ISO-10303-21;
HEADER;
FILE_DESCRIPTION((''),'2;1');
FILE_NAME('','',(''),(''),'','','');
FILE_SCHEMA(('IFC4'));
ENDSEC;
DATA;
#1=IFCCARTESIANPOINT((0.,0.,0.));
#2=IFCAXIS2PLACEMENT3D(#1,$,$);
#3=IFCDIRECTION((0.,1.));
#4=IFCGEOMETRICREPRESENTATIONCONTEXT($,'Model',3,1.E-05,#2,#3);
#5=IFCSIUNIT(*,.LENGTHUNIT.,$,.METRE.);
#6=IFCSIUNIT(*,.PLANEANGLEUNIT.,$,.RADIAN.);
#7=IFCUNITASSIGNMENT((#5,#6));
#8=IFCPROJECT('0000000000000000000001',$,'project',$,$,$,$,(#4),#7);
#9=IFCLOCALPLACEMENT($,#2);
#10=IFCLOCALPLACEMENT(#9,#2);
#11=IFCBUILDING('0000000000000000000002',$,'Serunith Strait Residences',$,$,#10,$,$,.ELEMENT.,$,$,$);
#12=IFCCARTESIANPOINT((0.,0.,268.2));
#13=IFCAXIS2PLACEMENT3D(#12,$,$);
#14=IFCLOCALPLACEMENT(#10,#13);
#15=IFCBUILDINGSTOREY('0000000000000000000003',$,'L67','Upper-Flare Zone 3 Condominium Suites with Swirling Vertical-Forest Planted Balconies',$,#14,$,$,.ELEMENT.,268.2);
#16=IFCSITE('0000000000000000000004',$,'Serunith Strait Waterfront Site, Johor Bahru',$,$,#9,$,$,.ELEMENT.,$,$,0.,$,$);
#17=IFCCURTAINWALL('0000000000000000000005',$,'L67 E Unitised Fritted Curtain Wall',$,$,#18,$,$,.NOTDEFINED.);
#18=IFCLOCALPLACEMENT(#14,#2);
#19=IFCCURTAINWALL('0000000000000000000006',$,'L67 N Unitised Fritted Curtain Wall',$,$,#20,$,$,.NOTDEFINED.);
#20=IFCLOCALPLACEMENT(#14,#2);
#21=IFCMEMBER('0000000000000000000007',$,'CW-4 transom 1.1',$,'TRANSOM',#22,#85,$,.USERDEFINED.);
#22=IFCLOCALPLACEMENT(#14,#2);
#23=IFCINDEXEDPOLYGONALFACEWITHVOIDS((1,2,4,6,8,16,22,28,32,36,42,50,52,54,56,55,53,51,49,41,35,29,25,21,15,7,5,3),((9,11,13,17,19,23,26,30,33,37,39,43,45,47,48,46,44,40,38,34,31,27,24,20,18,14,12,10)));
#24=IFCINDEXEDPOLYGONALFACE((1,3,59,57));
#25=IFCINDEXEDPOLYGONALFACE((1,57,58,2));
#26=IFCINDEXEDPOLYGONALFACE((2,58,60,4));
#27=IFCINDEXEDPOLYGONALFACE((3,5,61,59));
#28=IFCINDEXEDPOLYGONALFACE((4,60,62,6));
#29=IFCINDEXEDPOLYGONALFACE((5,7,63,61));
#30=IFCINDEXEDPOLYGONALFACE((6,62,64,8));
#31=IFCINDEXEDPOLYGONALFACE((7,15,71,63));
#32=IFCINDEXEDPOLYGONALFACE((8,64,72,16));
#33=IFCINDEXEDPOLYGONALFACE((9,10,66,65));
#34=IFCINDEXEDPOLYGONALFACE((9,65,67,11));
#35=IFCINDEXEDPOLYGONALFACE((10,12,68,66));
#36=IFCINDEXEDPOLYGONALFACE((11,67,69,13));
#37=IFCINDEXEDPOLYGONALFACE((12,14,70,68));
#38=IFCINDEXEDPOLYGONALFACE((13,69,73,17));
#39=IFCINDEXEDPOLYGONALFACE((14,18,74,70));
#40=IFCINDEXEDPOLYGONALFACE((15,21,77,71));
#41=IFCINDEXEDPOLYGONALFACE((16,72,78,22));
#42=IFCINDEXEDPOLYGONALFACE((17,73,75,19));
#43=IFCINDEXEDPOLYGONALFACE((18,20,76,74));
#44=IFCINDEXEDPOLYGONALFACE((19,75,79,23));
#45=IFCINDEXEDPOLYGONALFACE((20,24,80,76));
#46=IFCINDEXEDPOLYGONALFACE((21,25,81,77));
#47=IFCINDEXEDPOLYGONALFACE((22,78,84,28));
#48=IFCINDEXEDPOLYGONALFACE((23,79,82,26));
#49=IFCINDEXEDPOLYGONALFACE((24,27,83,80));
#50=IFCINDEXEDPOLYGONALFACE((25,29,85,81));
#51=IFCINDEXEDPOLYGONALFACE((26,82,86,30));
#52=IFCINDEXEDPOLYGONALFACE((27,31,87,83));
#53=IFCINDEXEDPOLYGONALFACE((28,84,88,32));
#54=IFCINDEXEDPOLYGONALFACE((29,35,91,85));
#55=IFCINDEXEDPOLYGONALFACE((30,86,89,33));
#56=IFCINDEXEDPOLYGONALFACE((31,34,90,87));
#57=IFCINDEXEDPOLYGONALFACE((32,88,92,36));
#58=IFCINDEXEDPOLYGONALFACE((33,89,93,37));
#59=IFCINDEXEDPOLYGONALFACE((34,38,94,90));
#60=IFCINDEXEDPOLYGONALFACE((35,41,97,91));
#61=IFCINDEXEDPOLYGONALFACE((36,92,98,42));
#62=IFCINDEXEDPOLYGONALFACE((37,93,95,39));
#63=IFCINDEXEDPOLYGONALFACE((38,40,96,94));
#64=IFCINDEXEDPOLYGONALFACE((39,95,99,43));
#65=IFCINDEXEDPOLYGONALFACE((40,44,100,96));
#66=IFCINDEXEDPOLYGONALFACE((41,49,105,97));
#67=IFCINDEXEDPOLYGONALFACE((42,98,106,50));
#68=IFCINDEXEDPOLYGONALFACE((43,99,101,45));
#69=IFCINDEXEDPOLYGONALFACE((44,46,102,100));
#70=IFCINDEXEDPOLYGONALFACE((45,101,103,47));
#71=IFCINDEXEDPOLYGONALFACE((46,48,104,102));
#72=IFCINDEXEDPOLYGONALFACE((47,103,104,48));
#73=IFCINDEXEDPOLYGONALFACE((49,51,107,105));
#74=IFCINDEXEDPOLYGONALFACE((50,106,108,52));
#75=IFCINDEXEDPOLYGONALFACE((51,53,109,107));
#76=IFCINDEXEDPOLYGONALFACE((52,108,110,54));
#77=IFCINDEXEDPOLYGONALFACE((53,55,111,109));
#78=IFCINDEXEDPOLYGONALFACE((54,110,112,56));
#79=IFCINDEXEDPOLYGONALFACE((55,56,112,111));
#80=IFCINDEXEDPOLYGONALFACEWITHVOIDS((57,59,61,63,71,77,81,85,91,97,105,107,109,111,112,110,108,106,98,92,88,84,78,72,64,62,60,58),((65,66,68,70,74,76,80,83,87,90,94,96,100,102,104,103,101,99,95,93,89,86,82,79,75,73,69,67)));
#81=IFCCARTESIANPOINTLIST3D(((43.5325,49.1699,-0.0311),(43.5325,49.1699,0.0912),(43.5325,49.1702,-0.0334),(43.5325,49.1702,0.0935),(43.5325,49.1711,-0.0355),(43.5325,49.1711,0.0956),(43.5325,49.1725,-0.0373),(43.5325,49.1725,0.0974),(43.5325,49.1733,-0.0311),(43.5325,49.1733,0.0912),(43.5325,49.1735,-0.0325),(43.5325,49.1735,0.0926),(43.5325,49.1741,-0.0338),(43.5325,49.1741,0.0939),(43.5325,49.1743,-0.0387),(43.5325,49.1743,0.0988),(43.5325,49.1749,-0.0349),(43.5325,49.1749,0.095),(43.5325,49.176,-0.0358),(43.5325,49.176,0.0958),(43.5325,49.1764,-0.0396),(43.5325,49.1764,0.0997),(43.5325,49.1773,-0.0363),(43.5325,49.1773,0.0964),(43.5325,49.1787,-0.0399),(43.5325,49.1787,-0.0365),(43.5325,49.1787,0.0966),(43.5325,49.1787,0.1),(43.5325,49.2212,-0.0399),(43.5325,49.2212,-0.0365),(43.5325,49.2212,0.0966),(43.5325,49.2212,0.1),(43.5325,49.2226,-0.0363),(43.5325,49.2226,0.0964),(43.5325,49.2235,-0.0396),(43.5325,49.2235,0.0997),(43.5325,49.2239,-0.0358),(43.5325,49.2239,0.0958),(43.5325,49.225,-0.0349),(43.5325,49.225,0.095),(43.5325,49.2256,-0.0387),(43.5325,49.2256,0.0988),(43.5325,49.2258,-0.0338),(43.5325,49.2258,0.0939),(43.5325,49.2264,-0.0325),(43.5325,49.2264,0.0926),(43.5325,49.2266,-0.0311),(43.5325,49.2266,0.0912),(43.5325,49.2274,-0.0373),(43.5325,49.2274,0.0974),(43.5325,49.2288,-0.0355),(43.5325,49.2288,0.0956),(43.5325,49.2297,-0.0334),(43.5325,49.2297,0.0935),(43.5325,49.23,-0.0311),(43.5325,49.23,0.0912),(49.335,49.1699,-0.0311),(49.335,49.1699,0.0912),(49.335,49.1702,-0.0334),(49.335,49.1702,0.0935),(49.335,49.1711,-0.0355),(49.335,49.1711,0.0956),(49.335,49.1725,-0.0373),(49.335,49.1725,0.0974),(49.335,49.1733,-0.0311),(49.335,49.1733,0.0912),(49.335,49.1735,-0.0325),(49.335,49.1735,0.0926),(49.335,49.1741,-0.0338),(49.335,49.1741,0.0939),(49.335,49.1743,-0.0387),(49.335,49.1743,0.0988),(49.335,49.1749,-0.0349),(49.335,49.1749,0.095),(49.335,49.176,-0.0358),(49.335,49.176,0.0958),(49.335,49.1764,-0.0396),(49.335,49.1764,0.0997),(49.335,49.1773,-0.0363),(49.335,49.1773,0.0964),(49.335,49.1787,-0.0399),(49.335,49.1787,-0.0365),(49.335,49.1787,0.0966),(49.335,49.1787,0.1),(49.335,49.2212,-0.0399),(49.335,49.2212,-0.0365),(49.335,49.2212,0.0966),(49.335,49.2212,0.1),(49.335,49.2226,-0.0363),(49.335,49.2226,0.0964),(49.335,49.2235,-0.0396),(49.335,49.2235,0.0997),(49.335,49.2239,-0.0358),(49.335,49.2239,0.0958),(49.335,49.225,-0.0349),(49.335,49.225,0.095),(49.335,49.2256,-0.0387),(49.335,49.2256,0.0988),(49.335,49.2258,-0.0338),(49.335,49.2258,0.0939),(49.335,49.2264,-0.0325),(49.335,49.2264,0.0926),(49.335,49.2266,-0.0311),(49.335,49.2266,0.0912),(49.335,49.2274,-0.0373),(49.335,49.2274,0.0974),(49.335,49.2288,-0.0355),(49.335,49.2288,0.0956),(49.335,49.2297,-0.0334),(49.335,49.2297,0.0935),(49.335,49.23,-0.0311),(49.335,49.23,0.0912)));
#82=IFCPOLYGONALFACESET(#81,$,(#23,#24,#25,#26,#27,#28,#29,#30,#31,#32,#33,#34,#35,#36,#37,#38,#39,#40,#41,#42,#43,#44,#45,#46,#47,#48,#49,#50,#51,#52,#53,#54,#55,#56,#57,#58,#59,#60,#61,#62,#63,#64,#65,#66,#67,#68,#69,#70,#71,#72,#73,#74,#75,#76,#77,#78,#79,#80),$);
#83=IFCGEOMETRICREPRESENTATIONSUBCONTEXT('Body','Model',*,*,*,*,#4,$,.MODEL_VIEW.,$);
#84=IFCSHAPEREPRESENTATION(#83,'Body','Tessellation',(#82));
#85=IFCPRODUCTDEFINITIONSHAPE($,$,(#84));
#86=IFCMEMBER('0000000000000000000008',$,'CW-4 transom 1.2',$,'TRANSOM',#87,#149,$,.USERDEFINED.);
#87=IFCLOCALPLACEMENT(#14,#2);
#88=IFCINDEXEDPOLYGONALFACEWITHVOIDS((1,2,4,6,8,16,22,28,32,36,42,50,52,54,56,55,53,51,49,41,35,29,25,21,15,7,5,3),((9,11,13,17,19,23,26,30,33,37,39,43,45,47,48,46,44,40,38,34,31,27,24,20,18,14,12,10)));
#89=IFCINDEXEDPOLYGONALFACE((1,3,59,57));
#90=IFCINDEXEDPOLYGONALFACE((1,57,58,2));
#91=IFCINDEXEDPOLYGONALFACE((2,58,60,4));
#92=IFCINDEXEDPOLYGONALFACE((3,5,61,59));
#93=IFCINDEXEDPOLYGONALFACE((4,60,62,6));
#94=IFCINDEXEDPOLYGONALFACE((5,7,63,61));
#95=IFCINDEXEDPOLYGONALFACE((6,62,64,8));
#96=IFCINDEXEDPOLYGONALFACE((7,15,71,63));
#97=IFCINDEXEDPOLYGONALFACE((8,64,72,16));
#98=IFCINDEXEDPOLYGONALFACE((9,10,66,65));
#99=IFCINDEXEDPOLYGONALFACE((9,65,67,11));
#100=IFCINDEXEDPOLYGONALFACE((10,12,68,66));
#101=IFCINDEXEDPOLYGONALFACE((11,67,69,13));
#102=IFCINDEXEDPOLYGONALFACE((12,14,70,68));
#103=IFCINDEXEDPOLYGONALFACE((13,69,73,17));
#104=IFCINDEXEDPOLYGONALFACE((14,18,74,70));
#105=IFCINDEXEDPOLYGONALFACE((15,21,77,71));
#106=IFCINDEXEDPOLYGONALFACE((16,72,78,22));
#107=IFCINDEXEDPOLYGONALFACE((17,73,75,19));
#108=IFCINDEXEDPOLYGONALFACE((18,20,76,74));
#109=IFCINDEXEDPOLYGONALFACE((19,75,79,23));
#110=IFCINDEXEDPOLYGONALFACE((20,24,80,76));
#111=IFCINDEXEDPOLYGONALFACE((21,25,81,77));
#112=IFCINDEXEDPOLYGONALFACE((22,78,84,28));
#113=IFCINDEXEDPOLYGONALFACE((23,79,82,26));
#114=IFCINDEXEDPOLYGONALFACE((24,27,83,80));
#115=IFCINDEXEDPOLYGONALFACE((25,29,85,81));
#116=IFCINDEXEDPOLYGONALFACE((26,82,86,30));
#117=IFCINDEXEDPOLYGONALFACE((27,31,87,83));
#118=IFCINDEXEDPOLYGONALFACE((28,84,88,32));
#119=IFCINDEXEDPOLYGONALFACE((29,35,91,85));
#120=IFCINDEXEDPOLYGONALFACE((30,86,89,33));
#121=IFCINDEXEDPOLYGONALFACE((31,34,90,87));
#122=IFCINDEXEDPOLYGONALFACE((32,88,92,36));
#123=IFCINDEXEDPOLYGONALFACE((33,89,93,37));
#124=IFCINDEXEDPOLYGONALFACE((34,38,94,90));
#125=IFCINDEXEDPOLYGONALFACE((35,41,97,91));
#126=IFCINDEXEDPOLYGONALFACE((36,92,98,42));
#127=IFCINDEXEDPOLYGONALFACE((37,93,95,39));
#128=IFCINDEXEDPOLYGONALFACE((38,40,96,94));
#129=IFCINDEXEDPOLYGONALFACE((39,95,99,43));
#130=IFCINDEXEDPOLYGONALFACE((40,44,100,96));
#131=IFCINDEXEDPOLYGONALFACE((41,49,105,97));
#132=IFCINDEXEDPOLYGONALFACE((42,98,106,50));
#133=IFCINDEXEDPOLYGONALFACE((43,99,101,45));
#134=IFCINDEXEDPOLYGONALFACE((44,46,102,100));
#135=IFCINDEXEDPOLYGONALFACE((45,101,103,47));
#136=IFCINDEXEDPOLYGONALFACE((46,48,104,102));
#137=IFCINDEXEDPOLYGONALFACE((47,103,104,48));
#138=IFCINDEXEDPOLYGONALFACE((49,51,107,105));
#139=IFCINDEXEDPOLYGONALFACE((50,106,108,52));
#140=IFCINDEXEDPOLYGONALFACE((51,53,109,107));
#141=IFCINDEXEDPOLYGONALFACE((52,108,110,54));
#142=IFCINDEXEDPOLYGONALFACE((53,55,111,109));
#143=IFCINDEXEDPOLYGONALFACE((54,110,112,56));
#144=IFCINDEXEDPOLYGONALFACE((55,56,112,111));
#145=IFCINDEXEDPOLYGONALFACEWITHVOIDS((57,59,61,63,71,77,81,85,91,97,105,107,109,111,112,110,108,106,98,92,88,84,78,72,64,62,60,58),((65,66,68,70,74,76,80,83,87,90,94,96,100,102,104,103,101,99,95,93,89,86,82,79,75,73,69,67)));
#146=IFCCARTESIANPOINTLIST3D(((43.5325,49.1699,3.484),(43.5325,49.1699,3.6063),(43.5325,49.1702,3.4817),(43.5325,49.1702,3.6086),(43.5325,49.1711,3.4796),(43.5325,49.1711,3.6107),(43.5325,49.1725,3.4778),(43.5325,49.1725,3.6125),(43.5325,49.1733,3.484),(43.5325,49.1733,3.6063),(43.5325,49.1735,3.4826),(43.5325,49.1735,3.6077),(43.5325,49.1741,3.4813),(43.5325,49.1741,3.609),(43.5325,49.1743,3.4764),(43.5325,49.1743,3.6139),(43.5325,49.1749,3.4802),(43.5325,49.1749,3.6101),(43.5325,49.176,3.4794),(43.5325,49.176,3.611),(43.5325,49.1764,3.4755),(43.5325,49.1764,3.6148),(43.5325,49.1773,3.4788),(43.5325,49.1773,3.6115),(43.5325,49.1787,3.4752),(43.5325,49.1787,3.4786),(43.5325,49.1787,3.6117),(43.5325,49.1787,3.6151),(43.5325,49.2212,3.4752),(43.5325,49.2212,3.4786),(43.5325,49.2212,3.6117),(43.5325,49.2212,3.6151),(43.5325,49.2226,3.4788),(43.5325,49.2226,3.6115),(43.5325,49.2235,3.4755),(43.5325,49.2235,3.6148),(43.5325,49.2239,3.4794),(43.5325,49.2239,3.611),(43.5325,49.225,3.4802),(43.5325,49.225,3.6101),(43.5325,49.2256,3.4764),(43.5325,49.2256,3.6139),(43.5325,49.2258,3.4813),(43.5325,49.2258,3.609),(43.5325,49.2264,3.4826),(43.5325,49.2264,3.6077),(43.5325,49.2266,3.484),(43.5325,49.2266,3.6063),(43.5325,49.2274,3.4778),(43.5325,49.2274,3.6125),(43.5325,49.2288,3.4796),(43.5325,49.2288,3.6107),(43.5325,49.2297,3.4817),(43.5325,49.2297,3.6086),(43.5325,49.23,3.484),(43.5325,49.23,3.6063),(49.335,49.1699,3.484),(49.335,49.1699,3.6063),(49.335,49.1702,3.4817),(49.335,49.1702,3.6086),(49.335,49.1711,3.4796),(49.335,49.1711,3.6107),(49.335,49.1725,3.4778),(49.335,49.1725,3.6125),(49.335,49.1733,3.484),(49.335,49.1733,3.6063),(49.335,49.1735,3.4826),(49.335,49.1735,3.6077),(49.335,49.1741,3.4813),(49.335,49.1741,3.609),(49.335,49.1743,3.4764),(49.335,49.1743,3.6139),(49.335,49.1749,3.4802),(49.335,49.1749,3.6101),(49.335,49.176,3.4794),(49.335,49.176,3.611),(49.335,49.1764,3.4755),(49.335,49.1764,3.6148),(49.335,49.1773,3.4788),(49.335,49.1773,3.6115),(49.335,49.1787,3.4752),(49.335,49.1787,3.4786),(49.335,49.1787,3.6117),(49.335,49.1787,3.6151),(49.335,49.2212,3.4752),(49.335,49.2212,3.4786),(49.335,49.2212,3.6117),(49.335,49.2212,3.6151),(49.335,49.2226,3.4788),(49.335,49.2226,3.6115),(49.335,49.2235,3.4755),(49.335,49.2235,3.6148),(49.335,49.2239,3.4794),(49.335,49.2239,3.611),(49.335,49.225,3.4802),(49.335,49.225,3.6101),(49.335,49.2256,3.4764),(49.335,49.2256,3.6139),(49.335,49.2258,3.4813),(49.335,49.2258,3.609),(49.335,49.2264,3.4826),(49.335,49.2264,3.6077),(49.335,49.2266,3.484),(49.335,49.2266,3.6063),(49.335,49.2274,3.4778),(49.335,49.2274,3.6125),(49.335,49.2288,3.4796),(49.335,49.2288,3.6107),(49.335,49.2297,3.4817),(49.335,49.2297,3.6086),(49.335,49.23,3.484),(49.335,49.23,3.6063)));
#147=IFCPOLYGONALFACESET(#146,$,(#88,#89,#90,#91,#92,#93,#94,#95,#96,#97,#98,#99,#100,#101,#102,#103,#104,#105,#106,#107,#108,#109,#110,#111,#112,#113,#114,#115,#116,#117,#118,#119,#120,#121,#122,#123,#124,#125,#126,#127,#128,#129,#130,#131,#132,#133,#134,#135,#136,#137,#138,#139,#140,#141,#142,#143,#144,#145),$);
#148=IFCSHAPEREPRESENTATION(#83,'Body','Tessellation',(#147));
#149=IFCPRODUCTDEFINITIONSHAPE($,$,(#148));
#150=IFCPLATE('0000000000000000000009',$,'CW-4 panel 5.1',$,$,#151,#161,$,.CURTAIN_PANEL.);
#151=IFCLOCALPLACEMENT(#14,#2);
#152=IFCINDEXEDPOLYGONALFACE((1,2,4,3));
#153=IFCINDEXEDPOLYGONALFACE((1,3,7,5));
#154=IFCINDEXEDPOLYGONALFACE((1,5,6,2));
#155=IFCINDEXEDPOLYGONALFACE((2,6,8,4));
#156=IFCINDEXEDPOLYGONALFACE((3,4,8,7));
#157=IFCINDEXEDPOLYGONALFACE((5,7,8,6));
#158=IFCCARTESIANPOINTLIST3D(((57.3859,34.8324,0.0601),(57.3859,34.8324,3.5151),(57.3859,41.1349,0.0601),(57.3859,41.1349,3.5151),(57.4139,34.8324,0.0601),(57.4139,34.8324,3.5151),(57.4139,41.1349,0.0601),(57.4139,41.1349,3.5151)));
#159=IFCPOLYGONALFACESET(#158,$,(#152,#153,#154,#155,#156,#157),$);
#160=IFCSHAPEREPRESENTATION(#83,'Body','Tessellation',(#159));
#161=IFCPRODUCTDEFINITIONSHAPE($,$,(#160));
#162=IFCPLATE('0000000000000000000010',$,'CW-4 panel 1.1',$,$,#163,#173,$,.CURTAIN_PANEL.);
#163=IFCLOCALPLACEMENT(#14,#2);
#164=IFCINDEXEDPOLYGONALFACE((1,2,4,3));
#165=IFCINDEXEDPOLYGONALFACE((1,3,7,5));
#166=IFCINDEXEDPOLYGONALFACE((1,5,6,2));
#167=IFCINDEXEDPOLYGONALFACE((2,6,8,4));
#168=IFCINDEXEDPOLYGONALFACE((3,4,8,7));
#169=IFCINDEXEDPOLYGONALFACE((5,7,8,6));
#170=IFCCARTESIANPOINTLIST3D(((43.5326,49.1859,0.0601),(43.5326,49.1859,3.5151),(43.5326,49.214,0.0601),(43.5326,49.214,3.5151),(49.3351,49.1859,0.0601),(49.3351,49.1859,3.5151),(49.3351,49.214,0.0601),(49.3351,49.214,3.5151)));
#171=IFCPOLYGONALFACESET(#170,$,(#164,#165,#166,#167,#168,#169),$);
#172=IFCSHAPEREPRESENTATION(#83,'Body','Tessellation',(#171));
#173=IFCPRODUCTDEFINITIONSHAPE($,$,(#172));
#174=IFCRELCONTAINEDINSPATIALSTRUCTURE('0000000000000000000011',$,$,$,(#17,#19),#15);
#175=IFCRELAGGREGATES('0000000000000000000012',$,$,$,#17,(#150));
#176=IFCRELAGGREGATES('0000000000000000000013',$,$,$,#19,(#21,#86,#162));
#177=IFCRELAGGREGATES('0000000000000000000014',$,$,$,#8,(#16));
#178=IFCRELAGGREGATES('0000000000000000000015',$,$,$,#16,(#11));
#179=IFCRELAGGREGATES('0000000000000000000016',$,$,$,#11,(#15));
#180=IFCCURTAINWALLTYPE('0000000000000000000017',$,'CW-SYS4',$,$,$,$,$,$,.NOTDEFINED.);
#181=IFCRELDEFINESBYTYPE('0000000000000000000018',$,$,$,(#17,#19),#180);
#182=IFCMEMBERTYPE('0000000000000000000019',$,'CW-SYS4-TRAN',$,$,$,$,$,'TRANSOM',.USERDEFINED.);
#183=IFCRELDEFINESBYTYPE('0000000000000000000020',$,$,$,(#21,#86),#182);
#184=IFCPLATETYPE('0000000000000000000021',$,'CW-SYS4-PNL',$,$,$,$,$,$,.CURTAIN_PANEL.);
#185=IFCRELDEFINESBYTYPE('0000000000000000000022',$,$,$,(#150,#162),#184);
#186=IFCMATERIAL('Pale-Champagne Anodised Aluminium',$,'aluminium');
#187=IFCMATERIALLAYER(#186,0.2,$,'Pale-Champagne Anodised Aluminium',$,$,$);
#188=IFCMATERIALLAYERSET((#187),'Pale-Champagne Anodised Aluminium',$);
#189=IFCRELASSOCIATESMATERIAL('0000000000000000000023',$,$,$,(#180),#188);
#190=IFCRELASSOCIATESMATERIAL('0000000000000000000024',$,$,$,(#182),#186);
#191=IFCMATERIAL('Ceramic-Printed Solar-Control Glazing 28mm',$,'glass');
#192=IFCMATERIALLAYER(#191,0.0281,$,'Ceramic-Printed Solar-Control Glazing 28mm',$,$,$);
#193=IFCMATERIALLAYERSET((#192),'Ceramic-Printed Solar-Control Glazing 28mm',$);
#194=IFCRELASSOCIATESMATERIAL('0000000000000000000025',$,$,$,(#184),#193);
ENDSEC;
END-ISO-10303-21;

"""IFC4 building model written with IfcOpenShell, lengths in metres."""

from ifc_helpers import new_model, si_unit, direction, frame, origin, origin_2d, place, context, subcontext, project, spatial, rectangle, hollow_rectangle, extrude, source, transform, mapped, material, layer, layer_set, material_profile, profile_set, type_object, element, aggregate, save


model = new_model("IFC4")

# Units and contexts
model_context = context("Model", 3, precision=1e-05, world=origin(), true_north=direction((0.0, 1.0)))
body_context = subcontext(model_context, "Body", "Model", "MODEL_VIEW")
ifc_project = project(units=[si_unit("LENGTHUNIT", "METRE"), si_unit("PLANEANGLEUNIT", "RADIAN")], contexts=[model_context])

# Site, building, storey
site_placement = place(None, origin())
site = spatial("IfcSite", under=ifc_project, at=site_placement, Name="Serunith Strait Waterfront Site, Johor Bahru", CompositionType="ELEMENT", RefElevation=0.0)
building_placement = place(site_placement, origin())
building = spatial("IfcBuilding", under=site, at=building_placement, Name="Serunith Strait Residences", CompositionType="ELEMENT")
storey_placement = place(building_placement, frame((0.0, 0.0, 268.2)))
storey = spatial("IfcBuildingStorey", under=building, at=storey_placement, Name="L67", Description="Upper-Flare Zone 3 Condominium Suites with Swirling Vertical-Forest Planted Balconies", CompositionType="ELEMENT", Elevation=268.2)

# Curtain wall
ifc_material_1 = material(Name="Pale-Champagne Anodised Aluminium", Category="aluminium")
ifc_layer_1 = layer(ifc_material_1, 0.2, Name="Pale-Champagne Anodised Aluminium")
ifc_layer_set_1 = layer_set([ifc_layer_1], Name="Pale-Champagne Anodised Aluminium")
curtain_wall_type = type_object("IfcCurtainWallType", Name="CW-SYS4", PredefinedType="NOTDEFINED", material=ifc_layer_set_1)
curtain_wall_1_placement = place(storey_placement, origin())
curtain_wall_1 = element("IfcCurtainWall", 1, at=curtain_wall_1_placement, inside=storey, type_object=curtain_wall_type, Name="L67 E Unitised Fritted Curtain Wall", PredefinedType="NOTDEFINED")

# Curtain wall, members
curtain_wall_2_placement = place(storey_placement, origin())
curtain_wall_2 = element("IfcCurtainWall", 2, at=curtain_wall_2_placement, inside=storey, type_object=curtain_wall_type, Name="L67 N Unitised Fritted Curtain Wall", PredefinedType="NOTDEFINED")
ifc_material_profile_1 = material_profile(ifc_material_1, hollow_rectangle(XDim=0.0601, YDim=0.1399, WallThickness=0.0034, InnerFilletRadius=0.0054, OuterFilletRadius=0.0088, at=origin_2d()), Name="ALU 140x60x3.5")
ifc_profile_set_1 = profile_set([ifc_material_profile_1], Name="Pale-Champagne Anodised Aluminium")
member_type_1 = type_object("IfcMemberType", Name="CW-SYS4-TRAN", ElementType="TRANSOM", PredefinedType="USERDEFINED", material=ifc_profile_set_1)
shared_shape_1 = source(origin(), body_context, "Body", "SweptSolid", [
    extrude(hollow_rectangle(XDim=0.0601, YDim=0.1399, WallThickness=0.0034, InnerFilletRadius=0.0054, OuterFilletRadius=0.0088, at=origin_2d()), origin(), (0.0, 0.0, 1.0), 5.8025),
])
member_1_placement = place(storey_placement, frame((49.335, 49.2, 0.03), z_axis=(-1.0, 0.0, 0.0), x_axis=(0.0, -1.0, 0.0)))
member_1 = element("IfcMember", 3, at=member_1_placement, type_object=member_type_1, Name="CW-4 transom 1.1", ObjectType="TRANSOM", PredefinedType="USERDEFINED", context=body_context, shape_type="MappedRepresentation", body=[
    mapped(shared_shape_1, transform((0.0, 0.0, 0.0), scale=1.0)),
])
member_2_placement = place(storey_placement, frame((49.335, 49.2, 3.5452), z_axis=(-1.0, 0.0, 0.0), x_axis=(0.0, -1.0, 0.0)))
member_2 = element("IfcMember", 4, at=member_2_placement, type_object=member_type_1, Name="CW-4 transom 1.2", ObjectType="TRANSOM", PredefinedType="USERDEFINED", context=body_context, shape_type="MappedRepresentation", body=[
    mapped(shared_shape_1, transform((0.0, 0.0, 0.0), scale=1.0)),
])

# Plates
ifc_material_2 = material(Name="Ceramic-Printed Solar-Control Glazing 28mm", Category="glass")
ifc_layer_2 = layer(ifc_material_2, 0.0281, Name="Ceramic-Printed Solar-Control Glazing 28mm")
ifc_layer_set_2 = layer_set([ifc_layer_2], Name="Ceramic-Printed Solar-Control Glazing 28mm")
plate_type = type_object("IfcPlateType", Name="CW-SYS4-PNL", PredefinedType="CURTAIN_PANEL", material=ifc_layer_set_2)
shared_shape_2 = source(origin(), body_context, "Body", "SweptSolid", [
    extrude(rectangle(XDim=6.3025, YDim=0.0281, at=origin_2d()), origin(), (0.0, 0.0, 1.0), 3.4551),
])
plate_1_placement = place(storey_placement, frame((57.3999, 37.9836, 0.0601), z_axis=(0.0, 0.0, 1.0), x_axis=(0.0, 1.0, 0.0)))
plate_1 = element("IfcPlate", 5, at=plate_1_placement, type_object=plate_type, Name="CW-4 panel 5.1", PredefinedType="CURTAIN_PANEL", context=body_context, shape_type="MappedRepresentation", body=[
    mapped(shared_shape_2, transform((0.0, 0.0, 0.0), scale=1.0)),
])
aggregate(curtain_wall_1, [plate_1])
shared_shape_3 = source(origin(), body_context, "Body", "SweptSolid", [
    extrude(rectangle(XDim=5.8025, YDim=0.0281, at=origin_2d()), origin(), (0.0, 0.0, 1.0), 3.4551),
])
plate_2_placement = place(storey_placement, frame((46.4338, 49.2, 0.0601), z_axis=(0.0, 0.0, 1.0), x_axis=(-1.0, 0.0, 0.0)))
plate_2 = element("IfcPlate", 6, at=plate_2_placement, type_object=plate_type, Name="CW-4 panel 1.1", PredefinedType="CURTAIN_PANEL", context=body_context, shape_type="MappedRepresentation", body=[
    mapped(shared_shape_3, transform((0.0, 0.0, 0.0), scale=1.0)),
])
aggregate(curtain_wall_2, [member_1, member_2, plate_2])

save(model, "model.ifc")
